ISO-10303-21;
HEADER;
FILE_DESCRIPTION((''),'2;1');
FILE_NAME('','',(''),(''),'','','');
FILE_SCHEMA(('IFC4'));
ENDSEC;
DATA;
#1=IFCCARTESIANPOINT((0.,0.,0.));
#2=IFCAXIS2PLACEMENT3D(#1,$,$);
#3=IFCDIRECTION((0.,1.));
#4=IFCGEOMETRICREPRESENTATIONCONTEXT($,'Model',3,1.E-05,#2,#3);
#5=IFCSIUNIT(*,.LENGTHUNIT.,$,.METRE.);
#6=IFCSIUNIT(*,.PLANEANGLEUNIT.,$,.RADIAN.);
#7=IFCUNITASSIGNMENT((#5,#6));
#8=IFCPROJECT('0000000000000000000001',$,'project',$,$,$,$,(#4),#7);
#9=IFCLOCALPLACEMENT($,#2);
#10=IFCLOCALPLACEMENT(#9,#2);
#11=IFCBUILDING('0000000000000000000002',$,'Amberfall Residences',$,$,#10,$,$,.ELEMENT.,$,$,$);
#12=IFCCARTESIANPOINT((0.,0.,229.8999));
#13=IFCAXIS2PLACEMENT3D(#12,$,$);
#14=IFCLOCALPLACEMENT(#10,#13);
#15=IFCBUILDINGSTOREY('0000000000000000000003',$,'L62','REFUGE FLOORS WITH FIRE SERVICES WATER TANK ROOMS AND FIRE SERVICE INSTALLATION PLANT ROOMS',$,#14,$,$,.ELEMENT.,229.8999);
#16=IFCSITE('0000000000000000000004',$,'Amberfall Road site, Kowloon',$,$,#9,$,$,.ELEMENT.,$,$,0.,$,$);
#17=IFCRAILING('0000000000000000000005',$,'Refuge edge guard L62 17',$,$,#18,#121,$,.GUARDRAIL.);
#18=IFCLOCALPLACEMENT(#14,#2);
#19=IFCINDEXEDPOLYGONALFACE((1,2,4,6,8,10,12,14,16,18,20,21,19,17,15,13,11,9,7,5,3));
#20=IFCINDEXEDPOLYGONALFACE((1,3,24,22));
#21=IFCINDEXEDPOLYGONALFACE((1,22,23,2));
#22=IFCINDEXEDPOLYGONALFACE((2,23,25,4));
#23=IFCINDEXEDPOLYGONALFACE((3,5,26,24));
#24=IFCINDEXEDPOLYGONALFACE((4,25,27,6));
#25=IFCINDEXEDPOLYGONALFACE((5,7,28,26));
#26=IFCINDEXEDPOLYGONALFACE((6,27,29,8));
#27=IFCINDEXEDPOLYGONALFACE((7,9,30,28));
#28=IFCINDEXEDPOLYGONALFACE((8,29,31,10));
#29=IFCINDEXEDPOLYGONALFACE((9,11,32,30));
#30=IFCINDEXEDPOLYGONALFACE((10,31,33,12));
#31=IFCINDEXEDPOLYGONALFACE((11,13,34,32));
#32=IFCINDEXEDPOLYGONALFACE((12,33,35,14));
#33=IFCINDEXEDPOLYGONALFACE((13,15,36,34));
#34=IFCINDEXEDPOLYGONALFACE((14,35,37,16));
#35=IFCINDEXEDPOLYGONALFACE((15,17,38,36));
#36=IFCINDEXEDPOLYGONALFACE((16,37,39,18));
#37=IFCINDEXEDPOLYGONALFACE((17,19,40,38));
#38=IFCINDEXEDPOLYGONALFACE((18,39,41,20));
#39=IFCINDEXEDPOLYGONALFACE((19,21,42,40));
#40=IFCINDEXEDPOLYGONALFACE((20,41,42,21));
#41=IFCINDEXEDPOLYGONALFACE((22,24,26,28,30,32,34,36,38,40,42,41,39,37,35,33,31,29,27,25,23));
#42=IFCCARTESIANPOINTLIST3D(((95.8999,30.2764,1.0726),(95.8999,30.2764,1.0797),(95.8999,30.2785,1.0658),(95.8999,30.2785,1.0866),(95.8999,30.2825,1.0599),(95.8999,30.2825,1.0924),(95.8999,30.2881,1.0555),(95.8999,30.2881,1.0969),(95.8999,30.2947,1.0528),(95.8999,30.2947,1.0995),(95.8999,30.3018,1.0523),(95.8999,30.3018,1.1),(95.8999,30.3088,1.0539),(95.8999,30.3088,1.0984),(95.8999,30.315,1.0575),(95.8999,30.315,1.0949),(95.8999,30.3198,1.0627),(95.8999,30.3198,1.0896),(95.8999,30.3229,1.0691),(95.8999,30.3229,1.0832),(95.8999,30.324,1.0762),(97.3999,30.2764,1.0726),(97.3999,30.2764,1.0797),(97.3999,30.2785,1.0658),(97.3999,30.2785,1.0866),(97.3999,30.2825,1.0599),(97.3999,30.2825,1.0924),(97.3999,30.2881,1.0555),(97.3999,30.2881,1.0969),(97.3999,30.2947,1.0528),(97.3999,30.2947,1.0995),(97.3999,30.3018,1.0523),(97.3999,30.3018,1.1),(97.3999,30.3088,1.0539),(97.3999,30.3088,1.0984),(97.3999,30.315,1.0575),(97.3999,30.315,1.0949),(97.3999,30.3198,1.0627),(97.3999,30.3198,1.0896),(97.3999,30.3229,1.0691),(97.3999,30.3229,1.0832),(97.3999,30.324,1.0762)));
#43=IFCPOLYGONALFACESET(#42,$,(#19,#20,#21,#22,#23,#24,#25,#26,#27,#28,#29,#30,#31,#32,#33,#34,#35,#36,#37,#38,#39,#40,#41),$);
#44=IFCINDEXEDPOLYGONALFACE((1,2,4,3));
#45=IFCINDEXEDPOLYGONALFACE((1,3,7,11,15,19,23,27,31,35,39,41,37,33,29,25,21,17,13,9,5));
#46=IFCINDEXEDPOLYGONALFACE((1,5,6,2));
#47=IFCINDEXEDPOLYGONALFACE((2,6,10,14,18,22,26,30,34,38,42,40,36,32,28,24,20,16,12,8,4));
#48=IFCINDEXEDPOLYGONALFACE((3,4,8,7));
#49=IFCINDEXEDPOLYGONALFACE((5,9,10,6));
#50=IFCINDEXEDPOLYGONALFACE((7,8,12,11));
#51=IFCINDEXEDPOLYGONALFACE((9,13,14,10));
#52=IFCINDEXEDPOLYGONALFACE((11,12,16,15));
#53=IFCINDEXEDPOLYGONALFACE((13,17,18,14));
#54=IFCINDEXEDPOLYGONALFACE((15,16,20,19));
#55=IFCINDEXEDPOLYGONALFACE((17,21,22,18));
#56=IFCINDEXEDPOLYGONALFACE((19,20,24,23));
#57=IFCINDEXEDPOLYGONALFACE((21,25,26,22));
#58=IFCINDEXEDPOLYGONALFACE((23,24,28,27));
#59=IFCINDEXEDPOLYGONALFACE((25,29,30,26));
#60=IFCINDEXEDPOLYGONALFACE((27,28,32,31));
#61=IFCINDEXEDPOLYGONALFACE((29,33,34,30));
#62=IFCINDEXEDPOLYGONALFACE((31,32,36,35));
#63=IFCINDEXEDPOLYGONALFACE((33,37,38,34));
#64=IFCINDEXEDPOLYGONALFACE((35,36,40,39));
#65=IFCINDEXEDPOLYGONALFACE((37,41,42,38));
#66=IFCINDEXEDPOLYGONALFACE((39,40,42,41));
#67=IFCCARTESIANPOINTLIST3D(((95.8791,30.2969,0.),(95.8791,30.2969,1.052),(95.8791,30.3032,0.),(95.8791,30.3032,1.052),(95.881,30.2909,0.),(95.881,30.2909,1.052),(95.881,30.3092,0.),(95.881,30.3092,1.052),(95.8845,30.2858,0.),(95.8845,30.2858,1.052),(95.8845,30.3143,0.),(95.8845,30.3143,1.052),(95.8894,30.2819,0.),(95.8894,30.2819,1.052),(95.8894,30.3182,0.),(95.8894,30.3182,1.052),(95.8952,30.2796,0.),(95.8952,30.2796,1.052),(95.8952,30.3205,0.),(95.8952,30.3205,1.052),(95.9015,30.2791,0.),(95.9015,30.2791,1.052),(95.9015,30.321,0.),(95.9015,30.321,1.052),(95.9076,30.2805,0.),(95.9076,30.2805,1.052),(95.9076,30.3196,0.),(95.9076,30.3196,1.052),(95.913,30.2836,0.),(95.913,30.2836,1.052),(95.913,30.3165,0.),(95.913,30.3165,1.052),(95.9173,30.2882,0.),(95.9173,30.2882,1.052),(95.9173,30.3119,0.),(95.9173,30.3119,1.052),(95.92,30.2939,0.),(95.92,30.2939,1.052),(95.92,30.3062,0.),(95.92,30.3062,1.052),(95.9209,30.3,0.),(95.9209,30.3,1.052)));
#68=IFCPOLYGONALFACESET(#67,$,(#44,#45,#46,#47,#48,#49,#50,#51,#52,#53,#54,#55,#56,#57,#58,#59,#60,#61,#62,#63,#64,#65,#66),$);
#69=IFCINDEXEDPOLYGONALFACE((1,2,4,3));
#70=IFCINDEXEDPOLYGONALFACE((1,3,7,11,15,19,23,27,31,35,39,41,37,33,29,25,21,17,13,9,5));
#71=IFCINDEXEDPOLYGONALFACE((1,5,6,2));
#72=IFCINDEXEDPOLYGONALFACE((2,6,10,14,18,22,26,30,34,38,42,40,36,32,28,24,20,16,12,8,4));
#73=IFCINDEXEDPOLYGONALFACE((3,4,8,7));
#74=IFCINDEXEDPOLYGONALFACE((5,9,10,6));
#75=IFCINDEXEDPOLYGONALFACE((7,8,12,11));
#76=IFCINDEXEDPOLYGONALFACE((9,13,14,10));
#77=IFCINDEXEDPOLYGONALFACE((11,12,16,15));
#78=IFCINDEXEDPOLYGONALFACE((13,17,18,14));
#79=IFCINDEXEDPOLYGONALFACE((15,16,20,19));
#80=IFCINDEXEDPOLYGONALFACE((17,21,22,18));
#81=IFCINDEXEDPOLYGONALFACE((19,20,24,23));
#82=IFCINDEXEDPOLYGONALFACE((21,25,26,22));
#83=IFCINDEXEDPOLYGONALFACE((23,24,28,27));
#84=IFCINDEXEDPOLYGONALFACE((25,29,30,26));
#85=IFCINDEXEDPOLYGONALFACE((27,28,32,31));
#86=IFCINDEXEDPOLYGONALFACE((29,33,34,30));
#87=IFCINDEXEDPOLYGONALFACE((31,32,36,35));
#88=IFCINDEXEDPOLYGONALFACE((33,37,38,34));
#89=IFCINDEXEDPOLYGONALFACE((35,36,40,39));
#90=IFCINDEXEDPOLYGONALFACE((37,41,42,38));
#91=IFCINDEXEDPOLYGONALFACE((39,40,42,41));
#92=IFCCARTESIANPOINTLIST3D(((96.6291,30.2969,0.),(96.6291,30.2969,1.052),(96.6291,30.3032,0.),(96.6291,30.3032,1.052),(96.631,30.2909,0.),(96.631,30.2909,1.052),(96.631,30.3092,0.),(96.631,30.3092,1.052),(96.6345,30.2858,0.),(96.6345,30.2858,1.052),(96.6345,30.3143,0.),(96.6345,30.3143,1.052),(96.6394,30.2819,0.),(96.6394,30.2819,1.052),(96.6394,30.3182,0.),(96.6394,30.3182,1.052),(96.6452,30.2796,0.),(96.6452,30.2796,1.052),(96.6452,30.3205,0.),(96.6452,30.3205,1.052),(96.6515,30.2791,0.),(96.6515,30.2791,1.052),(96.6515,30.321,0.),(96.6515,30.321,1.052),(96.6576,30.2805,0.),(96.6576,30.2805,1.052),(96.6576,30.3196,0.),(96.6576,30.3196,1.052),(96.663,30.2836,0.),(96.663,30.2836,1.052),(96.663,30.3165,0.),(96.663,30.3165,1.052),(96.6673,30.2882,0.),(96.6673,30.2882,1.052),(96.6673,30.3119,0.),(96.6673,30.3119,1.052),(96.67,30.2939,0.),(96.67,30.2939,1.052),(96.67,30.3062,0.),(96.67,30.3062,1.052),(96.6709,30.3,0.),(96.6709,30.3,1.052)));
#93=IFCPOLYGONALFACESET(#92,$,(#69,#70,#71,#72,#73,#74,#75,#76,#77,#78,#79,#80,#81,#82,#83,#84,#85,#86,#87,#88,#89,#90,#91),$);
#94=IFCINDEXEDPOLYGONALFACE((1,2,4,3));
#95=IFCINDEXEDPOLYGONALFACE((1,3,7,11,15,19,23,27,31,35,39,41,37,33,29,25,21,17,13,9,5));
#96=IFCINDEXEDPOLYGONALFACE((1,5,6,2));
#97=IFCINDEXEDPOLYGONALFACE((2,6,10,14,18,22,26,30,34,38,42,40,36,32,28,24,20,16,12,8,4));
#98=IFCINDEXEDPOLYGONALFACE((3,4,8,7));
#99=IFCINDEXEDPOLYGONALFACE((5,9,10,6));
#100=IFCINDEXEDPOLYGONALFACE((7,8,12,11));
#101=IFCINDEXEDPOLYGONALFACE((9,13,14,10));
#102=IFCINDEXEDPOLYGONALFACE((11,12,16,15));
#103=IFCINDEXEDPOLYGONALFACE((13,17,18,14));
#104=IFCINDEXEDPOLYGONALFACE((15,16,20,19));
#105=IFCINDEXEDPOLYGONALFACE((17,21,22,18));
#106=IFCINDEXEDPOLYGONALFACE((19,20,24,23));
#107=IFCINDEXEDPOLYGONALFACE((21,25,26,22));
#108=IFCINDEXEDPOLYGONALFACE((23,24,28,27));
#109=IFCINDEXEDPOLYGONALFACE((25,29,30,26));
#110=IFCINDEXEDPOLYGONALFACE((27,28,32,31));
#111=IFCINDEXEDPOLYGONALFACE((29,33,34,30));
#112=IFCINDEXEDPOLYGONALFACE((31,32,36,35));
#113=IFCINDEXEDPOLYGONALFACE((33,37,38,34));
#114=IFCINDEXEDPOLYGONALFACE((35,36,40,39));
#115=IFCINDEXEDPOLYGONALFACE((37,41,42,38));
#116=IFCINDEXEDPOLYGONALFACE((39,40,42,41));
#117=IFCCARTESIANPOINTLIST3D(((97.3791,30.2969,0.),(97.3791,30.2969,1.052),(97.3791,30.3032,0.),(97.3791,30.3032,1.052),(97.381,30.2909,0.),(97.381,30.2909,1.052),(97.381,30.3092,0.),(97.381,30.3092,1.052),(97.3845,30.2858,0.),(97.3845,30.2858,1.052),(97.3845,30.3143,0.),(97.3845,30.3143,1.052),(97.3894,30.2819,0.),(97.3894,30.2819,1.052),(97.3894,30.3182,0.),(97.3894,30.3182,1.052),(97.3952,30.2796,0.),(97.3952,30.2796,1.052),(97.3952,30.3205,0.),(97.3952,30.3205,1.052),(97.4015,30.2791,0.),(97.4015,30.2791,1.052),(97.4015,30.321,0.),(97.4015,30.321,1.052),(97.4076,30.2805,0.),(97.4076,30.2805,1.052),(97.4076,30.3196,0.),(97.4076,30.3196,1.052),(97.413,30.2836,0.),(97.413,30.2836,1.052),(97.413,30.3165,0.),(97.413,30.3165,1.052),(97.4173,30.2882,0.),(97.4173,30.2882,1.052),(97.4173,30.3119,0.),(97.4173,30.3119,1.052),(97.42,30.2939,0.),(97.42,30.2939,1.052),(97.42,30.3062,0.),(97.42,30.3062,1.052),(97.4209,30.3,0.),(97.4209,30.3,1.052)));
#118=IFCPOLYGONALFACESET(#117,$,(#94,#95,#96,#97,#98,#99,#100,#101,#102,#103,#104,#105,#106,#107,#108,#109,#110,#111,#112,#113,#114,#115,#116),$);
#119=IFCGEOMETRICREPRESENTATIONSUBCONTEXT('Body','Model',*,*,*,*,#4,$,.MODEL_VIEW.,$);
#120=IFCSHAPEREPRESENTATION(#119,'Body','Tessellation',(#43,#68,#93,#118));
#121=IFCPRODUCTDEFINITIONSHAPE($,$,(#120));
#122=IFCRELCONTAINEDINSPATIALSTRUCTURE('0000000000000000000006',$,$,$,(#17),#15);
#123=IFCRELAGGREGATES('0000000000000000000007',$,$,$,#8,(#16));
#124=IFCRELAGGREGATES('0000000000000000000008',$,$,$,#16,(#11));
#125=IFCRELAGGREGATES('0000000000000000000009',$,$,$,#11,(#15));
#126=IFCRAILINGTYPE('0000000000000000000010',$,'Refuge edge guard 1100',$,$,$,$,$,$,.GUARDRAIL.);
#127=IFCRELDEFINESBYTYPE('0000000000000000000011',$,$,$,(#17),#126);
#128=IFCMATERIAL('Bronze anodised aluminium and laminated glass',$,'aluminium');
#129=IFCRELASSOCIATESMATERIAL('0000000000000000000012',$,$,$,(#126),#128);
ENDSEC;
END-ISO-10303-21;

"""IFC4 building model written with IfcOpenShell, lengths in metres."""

from ifc_helpers import new_model, si_unit, direction, frame, origin, origin_2d, place, context, subcontext, project, spatial, circle, extrude, material, type_object, element, save


model = new_model("IFC4")

# Units and contexts
model_context = context("Model", 3, precision=1e-05, world=origin(), true_north=direction((0.0, 1.0)))
body_context = subcontext(model_context, "Body", "Model", "MODEL_VIEW")
ifc_project = project(units=[si_unit("LENGTHUNIT", "METRE"), si_unit("PLANEANGLEUNIT", "RADIAN")], contexts=[model_context])

# Site, building, storey
site_placement = place(None, origin())
site = spatial("IfcSite", under=ifc_project, at=site_placement, Name="Amberfall Road site, Kowloon", CompositionType="ELEMENT", RefElevation=0.0)
building_placement = place(site_placement, origin())
building = spatial("IfcBuilding", under=site, at=building_placement, Name="Amberfall Residences", CompositionType="ELEMENT")
storey_placement = place(building_placement, frame((0.0, 0.0, 229.8999)))
storey = spatial("IfcBuildingStorey", under=building, at=storey_placement, Name="L62", Description="REFUGE FLOORS WITH FIRE SERVICES WATER TANK ROOMS AND FIRE SERVICE INSTALLATION PLANT ROOMS", CompositionType="ELEMENT", Elevation=229.8999)

# Railing
ifc_material_1 = material(Name="Bronze anodised aluminium and laminated glass", Category="aluminium")
railing_type = type_object("IfcRailingType", Name="Refuge edge guard 1100", PredefinedType="GUARDRAIL", material=ifc_material_1)
railing_1_placement = place(storey_placement, frame((95.8999, 30.3, 0.0)))
element("IfcRailing", 1, at=railing_1_placement, inside=storey, type_object=railing_type, Name="Refuge edge guard L62 17", PredefinedType="GUARDRAIL", context=body_context, shape_type="SweptSolid", body=[
    extrude(circle(Radius=0.0239, at=origin_2d()), frame((0.0, 0.0, 1.0762), z_axis=(1.0, 0.0, 0.0), x_axis=(0.0, 1.0, 0.0)), (0.0, 0.0, 1.0), 1.5),
    extrude(circle(Radius=0.021, at=origin_2d()), origin(), (0.0, 0.0, 1.0), 1.052),
    extrude(circle(Radius=0.021, at=origin_2d()), frame((0.75, 0.0, 0.0)), (0.0, 0.0, 1.0), 1.052),
    extrude(circle(Radius=0.021, at=origin_2d()), frame((1.5, 0.0, 0.0)), (0.0, 0.0, 1.0), 1.052),
])

save(model, "model.ifc")
